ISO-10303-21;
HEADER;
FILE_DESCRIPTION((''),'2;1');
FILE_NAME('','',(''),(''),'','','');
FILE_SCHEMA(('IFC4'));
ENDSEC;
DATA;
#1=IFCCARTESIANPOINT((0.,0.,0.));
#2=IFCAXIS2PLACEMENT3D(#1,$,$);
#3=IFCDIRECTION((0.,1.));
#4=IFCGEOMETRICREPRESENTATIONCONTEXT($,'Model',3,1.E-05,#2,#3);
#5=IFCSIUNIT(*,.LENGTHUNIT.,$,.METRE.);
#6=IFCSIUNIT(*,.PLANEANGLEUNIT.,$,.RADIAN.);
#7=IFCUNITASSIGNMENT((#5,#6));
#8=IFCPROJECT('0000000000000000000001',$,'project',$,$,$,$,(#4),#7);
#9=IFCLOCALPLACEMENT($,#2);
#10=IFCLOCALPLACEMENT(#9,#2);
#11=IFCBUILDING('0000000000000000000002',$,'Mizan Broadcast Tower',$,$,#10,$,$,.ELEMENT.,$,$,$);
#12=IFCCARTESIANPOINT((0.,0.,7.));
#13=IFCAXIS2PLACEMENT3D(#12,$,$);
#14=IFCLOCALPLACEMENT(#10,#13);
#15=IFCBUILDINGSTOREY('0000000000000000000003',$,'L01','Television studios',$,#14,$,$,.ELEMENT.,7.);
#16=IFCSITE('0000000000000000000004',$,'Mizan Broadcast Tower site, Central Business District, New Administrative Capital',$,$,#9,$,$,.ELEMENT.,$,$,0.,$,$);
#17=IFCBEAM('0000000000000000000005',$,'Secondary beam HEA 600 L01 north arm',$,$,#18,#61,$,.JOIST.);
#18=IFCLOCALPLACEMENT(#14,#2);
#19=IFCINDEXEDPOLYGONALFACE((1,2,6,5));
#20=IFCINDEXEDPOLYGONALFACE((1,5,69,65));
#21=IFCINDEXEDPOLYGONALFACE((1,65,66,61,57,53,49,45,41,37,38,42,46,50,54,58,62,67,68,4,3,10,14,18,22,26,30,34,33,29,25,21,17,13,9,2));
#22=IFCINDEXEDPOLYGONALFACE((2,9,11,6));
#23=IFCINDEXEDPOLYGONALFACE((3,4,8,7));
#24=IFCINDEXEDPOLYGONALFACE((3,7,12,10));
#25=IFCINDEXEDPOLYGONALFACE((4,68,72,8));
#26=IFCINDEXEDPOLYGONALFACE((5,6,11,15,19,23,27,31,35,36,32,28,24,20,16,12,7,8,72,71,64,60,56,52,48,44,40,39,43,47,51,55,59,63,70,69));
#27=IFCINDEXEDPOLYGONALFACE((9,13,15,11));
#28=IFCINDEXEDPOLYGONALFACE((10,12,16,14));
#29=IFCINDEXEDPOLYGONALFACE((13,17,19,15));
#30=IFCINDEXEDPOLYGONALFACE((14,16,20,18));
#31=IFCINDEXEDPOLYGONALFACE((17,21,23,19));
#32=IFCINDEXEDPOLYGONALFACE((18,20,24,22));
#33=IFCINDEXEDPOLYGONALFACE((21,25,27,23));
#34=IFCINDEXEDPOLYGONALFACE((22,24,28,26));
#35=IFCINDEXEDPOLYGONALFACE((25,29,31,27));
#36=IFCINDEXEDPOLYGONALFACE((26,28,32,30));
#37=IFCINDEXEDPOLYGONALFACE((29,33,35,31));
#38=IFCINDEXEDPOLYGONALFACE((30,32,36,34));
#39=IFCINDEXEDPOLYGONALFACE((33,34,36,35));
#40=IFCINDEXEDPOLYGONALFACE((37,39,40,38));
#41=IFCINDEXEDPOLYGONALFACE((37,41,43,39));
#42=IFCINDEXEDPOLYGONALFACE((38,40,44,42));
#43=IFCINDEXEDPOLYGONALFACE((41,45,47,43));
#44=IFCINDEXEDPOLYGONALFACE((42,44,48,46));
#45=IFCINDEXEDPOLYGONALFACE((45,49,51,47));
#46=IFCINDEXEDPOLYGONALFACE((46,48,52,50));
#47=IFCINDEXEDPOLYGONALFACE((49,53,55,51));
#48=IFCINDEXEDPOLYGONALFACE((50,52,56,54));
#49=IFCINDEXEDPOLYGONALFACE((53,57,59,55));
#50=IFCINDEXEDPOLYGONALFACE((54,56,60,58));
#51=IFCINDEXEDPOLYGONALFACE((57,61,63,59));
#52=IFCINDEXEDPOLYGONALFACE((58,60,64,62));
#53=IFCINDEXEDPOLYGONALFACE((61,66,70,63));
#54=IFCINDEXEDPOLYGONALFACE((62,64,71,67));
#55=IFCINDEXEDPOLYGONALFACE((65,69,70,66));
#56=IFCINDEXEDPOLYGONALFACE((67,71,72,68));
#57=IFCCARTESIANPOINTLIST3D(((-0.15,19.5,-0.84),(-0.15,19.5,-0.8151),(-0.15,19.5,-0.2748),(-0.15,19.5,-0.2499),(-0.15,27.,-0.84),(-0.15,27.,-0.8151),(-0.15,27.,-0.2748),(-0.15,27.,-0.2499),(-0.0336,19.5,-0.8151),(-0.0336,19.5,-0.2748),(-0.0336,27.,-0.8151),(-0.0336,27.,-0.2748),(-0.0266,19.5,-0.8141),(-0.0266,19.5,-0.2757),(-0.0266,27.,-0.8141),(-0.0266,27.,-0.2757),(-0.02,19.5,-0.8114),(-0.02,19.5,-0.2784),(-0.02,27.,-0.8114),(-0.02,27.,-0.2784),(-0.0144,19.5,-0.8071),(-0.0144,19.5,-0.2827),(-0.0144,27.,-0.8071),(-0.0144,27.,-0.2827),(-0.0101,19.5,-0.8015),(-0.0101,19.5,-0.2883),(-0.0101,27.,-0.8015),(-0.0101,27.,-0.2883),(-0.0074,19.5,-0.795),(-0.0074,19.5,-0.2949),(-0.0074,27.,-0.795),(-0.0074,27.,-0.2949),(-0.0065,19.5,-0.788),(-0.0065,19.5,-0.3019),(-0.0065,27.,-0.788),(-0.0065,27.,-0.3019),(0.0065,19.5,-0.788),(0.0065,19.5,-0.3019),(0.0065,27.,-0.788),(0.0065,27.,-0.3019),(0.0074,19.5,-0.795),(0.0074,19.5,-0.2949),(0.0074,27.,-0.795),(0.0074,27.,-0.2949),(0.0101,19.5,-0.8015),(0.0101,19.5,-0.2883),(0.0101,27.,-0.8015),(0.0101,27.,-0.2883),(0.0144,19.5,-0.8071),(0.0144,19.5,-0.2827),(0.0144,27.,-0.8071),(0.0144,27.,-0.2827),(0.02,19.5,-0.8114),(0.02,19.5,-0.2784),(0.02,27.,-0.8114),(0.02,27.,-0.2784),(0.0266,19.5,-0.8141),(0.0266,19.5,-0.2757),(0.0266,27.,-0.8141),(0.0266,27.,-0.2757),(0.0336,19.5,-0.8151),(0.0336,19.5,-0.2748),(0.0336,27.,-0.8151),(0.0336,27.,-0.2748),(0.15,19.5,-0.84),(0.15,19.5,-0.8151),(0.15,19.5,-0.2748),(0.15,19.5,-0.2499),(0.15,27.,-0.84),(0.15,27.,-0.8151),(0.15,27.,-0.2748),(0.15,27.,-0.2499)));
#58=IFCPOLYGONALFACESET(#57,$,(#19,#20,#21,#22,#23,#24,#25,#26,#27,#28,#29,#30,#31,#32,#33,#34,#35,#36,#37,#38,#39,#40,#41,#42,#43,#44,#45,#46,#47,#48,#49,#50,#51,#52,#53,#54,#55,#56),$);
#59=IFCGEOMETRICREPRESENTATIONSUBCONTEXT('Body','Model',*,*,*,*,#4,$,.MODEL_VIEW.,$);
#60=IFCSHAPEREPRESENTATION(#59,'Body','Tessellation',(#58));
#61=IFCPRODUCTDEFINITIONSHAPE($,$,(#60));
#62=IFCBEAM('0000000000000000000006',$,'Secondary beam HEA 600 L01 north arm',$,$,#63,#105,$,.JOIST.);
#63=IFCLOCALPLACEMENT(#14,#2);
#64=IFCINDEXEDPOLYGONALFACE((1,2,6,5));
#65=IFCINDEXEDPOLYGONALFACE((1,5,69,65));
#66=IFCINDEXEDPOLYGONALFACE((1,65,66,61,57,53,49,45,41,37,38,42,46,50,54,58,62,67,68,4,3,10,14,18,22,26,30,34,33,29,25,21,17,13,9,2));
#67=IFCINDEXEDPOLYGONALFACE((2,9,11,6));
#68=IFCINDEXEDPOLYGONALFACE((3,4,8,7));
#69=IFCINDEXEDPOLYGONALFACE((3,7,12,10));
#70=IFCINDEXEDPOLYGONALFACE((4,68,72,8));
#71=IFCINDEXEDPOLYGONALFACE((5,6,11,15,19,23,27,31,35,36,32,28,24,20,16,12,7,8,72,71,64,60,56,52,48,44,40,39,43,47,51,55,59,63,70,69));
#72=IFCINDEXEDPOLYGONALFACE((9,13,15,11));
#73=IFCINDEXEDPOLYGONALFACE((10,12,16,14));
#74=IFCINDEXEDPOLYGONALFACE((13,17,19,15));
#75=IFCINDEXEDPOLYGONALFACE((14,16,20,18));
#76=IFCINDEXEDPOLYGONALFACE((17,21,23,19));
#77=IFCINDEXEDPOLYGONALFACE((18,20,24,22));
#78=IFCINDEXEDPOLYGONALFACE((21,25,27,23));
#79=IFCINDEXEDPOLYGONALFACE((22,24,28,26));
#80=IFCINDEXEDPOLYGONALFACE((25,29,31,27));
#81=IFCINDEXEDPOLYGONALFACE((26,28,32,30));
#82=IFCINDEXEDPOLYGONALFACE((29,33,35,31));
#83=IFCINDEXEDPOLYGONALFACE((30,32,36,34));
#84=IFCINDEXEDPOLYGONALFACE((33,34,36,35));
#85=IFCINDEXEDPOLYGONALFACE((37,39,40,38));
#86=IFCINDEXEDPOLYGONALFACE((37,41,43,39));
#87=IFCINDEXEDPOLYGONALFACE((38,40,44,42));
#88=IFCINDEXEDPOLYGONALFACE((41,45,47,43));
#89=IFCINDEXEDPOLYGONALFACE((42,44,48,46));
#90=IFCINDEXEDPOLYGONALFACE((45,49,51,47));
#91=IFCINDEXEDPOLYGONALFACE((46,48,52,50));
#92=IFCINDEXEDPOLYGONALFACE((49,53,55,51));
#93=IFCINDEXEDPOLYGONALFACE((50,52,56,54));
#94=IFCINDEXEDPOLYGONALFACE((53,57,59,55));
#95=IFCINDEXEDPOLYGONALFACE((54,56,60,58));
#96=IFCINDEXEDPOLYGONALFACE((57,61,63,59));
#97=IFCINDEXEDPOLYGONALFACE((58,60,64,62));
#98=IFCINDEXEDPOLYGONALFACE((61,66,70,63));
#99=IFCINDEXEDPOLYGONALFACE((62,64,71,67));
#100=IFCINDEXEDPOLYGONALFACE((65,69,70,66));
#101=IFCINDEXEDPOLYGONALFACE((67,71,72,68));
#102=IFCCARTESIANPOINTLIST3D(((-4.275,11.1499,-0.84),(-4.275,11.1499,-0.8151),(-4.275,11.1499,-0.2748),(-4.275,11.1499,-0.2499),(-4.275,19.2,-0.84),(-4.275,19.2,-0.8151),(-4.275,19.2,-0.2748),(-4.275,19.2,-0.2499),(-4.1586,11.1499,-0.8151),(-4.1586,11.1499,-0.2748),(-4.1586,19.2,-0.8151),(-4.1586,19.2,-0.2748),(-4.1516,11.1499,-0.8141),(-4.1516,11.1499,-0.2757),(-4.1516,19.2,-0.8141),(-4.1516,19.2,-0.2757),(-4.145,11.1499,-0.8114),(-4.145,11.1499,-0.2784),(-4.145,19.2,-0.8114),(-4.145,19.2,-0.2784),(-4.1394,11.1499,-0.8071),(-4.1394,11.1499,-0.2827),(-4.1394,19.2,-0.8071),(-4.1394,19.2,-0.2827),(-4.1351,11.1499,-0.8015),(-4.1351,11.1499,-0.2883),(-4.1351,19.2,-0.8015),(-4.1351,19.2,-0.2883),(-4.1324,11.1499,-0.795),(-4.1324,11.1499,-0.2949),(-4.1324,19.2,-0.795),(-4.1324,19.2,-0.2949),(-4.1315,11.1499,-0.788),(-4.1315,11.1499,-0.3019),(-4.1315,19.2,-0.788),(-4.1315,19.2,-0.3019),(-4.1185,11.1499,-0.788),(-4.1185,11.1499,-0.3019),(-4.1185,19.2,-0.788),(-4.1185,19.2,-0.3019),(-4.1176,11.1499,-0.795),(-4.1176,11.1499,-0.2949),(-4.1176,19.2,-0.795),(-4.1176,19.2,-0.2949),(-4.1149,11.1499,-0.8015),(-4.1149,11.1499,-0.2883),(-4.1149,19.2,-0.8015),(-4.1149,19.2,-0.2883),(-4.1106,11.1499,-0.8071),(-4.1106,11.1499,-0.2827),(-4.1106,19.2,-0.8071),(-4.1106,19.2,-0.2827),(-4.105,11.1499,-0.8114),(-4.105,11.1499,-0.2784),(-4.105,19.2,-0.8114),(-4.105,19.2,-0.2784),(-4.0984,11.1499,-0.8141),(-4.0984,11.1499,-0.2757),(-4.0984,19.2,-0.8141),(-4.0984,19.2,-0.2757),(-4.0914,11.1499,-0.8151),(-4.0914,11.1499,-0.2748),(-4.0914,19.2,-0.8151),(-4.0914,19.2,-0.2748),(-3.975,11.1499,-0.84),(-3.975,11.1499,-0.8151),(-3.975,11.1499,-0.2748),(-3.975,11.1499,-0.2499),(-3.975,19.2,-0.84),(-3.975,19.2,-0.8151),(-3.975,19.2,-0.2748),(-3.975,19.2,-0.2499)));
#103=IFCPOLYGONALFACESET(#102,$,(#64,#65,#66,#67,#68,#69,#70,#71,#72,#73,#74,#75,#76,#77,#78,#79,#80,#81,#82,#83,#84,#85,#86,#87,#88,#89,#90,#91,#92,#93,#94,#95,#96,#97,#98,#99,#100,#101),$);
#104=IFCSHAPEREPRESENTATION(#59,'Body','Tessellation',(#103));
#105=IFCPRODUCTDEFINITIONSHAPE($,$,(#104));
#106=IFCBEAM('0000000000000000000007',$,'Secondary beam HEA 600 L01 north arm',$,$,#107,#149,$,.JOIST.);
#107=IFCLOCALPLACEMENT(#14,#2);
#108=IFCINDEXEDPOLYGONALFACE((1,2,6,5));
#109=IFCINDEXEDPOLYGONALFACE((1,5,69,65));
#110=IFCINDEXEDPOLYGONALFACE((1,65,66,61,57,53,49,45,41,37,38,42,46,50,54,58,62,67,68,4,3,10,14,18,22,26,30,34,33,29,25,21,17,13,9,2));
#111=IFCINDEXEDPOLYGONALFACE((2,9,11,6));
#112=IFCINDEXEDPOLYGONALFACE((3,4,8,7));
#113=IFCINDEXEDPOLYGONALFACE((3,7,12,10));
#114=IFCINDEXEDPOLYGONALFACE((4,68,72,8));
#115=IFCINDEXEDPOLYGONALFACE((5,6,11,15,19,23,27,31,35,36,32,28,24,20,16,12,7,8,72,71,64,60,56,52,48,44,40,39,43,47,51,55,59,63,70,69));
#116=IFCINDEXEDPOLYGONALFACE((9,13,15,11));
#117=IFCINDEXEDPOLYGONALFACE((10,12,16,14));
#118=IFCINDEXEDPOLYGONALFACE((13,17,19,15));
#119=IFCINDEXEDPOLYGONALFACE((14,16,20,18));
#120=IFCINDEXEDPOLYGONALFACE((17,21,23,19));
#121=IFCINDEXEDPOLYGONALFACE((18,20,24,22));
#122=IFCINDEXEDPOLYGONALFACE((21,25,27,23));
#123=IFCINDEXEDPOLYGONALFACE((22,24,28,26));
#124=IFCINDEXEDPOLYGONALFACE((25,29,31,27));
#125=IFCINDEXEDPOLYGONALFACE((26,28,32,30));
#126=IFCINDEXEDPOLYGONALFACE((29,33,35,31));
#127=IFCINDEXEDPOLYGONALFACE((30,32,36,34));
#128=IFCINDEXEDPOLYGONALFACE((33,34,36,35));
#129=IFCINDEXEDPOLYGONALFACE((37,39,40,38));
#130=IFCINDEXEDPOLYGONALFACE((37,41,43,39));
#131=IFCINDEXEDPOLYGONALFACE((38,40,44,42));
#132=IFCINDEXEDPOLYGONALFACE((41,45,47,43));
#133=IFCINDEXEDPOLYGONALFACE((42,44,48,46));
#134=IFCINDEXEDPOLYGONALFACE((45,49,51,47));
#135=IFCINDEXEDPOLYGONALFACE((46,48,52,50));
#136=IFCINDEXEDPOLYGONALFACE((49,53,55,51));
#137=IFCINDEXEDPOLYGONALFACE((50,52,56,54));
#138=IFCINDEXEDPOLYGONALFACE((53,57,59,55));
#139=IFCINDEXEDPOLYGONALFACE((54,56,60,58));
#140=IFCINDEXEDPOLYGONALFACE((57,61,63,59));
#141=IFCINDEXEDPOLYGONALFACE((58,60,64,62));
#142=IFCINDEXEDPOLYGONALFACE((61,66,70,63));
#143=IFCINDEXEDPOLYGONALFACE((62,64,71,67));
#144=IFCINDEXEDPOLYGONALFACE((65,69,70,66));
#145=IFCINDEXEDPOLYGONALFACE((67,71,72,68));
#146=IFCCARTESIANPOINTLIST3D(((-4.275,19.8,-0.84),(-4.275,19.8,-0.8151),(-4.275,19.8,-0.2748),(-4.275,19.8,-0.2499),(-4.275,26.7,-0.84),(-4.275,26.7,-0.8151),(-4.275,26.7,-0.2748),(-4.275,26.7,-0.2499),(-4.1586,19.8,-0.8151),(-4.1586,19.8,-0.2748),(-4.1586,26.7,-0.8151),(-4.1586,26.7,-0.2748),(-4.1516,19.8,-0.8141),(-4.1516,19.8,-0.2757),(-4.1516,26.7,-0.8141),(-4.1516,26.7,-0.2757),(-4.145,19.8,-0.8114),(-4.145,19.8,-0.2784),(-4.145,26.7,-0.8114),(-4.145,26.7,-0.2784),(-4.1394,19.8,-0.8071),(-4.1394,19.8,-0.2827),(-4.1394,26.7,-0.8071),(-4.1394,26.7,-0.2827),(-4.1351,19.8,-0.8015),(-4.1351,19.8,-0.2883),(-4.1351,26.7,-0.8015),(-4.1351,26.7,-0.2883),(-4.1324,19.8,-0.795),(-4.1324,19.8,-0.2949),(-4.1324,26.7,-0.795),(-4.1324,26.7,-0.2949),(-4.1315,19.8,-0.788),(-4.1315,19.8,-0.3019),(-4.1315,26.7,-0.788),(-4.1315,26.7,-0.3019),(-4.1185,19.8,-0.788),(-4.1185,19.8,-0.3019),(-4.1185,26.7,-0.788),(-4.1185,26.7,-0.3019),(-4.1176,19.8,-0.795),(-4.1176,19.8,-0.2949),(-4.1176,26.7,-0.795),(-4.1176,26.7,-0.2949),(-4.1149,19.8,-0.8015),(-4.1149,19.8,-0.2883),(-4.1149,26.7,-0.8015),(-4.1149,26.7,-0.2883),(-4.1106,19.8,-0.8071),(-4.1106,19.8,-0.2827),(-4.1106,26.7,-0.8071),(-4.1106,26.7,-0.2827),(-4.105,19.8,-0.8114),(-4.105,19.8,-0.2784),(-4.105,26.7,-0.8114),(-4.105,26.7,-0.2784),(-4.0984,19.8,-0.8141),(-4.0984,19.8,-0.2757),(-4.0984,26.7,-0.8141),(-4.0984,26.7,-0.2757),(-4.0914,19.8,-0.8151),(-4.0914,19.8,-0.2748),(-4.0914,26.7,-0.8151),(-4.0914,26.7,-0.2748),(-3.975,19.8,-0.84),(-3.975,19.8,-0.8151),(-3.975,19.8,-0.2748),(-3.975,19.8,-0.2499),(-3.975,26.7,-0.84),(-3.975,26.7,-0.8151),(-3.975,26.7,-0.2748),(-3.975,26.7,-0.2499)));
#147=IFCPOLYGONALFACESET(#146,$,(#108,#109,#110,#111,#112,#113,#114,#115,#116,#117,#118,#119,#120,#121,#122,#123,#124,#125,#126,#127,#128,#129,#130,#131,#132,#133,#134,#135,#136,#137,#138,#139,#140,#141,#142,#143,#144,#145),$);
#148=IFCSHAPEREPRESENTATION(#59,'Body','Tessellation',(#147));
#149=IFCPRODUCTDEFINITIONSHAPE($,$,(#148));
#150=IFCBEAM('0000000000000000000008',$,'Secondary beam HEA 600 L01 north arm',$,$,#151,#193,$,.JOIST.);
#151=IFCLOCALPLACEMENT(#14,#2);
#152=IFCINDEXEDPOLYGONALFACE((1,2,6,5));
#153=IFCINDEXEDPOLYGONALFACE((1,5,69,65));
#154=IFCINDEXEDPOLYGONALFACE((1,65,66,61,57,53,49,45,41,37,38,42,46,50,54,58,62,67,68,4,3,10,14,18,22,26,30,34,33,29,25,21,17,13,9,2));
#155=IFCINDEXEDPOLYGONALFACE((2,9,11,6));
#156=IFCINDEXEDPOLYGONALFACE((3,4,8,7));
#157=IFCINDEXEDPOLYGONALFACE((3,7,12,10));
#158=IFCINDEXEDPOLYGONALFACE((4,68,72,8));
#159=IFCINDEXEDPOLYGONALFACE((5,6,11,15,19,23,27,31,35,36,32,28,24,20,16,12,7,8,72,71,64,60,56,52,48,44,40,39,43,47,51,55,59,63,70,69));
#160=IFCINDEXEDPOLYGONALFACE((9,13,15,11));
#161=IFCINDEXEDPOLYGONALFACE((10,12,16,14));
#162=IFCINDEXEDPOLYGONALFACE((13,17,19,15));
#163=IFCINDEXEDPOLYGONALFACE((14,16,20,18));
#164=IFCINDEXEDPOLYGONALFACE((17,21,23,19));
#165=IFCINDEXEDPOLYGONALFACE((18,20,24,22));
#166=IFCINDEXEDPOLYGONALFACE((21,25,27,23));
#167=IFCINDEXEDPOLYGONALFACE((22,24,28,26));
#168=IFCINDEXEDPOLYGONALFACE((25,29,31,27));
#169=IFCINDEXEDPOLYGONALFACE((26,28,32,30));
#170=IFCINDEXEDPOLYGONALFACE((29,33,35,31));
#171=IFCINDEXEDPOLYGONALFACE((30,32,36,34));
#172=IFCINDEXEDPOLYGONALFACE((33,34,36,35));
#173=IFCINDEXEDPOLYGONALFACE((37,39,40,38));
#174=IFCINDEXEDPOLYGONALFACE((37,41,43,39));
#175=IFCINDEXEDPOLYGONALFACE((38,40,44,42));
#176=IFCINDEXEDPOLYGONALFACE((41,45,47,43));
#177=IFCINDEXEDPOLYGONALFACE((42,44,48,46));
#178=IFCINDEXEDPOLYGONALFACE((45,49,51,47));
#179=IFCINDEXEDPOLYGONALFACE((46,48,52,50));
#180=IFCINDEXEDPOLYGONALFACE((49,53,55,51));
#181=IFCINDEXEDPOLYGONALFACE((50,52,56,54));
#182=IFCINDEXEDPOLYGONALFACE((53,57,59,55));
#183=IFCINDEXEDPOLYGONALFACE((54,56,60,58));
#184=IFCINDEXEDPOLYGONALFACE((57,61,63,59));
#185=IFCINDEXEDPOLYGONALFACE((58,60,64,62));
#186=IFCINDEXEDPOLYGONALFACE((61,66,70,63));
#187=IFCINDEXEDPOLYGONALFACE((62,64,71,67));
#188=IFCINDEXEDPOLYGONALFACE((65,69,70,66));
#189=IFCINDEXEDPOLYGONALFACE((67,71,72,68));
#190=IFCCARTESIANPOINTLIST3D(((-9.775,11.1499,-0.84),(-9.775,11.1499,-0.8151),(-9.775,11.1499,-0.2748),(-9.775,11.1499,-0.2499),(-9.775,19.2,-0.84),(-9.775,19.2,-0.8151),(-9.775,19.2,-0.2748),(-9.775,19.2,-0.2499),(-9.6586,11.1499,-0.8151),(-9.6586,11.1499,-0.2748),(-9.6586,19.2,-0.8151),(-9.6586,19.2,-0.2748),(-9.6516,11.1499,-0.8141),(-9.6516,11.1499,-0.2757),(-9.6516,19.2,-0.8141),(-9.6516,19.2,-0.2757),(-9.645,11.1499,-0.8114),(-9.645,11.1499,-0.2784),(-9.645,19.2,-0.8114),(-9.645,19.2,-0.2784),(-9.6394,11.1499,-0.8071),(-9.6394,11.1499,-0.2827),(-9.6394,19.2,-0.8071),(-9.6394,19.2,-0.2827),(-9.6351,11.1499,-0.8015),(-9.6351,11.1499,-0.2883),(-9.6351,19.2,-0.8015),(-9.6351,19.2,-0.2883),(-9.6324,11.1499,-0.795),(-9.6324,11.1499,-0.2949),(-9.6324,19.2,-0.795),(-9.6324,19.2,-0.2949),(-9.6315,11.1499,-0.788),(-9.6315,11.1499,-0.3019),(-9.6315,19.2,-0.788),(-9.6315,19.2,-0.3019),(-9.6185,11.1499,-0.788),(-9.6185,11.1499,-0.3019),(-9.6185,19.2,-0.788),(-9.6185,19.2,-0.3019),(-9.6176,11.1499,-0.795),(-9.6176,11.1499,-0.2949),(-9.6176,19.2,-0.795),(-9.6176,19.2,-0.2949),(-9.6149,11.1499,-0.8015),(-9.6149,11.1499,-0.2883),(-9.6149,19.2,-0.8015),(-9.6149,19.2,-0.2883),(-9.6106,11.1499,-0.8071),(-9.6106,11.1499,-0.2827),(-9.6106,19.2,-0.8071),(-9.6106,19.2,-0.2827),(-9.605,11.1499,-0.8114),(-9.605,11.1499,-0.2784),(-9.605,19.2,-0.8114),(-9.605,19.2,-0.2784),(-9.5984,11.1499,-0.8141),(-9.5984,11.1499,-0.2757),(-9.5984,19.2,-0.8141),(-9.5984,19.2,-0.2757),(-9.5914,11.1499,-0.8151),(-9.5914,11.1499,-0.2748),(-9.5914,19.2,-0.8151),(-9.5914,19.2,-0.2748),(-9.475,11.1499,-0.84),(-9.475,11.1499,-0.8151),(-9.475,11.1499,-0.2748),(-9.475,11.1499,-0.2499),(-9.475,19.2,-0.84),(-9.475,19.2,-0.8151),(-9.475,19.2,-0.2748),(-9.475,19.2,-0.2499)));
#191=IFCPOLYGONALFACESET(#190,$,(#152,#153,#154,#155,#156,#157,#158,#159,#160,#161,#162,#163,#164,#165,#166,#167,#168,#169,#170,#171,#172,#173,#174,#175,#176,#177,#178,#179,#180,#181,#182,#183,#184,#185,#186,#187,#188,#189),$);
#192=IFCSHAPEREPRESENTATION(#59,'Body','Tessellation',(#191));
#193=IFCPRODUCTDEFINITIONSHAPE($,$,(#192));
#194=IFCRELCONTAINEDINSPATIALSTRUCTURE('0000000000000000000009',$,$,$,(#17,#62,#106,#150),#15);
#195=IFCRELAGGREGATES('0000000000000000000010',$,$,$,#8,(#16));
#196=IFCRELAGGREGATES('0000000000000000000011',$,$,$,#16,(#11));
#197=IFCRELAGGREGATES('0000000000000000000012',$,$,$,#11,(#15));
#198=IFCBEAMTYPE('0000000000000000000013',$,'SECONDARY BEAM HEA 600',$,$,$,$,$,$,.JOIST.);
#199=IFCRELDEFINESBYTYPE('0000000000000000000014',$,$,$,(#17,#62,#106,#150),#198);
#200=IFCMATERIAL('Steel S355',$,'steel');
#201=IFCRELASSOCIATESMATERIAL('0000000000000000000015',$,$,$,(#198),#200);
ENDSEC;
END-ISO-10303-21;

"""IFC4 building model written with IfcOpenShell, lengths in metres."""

from ifc_helpers import new_model, si_unit, direction, frame, origin, origin_2d, place, context, subcontext, project, spatial, i_section, extrude, material, material_profile, profile_set, type_object, element, save


model = new_model("IFC4")

# Units and contexts
model_context = context("Model", 3, precision=1e-05, world=origin(), true_north=direction((0.0, 1.0)))
body_context = subcontext(model_context, "Body", "Model", "MODEL_VIEW")
ifc_project = project(units=[si_unit("LENGTHUNIT", "METRE"), si_unit("PLANEANGLEUNIT", "RADIAN")], contexts=[model_context])

# Site, building, storey
site_placement = place(None, origin())
site = spatial("IfcSite", under=ifc_project, at=site_placement, Name="Mizan Broadcast Tower site, Central Business District, New Administrative Capital", CompositionType="ELEMENT", RefElevation=0.0)
building_placement = place(site_placement, origin())
building = spatial("IfcBuilding", under=site, at=building_placement, Name="Mizan Broadcast Tower", CompositionType="ELEMENT")
storey_placement = place(building_placement, frame((0.0, 0.0, 7.0)))
storey = spatial("IfcBuildingStorey", under=building, at=storey_placement, Name="L01", Description="Television studios", CompositionType="ELEMENT", Elevation=7.0)

# Beams
ifc_material_1 = material(Name="Steel S355", Category="steel")
ifc_material_profile_1 = material_profile(ifc_material_1, i_section(OverallWidth=0.3, OverallDepth=0.5901, WebThickness=0.0129, FlangeThickness=0.0249, FilletRadius=0.0271, at=origin_2d()), Name="HEA 600")
ifc_profile_set_1 = profile_set([ifc_material_profile_1], Name="Steel S355")
beam_type_1 = type_object("IfcBeamType", Name="SECONDARY BEAM HEA 600", PredefinedType="JOIST", material=ifc_profile_set_1)
beam_1_placement = place(storey_placement, frame((0.0, 19.5, -0.5449), z_axis=(0.0, 1.0, 0.0), x_axis=(-1.0, 0.0, 0.0)))
element("IfcBeam", 1, at=beam_1_placement, inside=storey, type_object=beam_type_1, Name="Secondary beam HEA 600 L01 north arm", PredefinedType="JOIST", context=body_context, shape_type="SweptSolid", body=[
    extrude(i_section(OverallWidth=0.3, OverallDepth=0.5901, WebThickness=0.0129, FlangeThickness=0.0249, FilletRadius=0.0271, at=origin_2d()), origin(), (0.0, 0.0, 1.0), 7.5),
])
beam_2_placement = place(storey_placement, frame((-4.125, 11.1499, -0.5449), z_axis=(0.0, 1.0, 0.0), x_axis=(-1.0, 0.0, 0.0)))
element("IfcBeam", 2, at=beam_2_placement, inside=storey, type_object=beam_type_1, Name="Secondary beam HEA 600 L01 north arm", PredefinedType="JOIST", context=body_context, shape_type="SweptSolid", body=[
    extrude(i_section(OverallWidth=0.3, OverallDepth=0.5901, WebThickness=0.0129, FlangeThickness=0.0249, FilletRadius=0.0271, at=origin_2d()), origin(), (0.0, 0.0, 1.0), 8.05),
])
beam_3_placement = place(storey_placement, frame((-4.125, 19.8, -0.5449), z_axis=(0.0, 1.0, 0.0), x_axis=(-1.0, 0.0, 0.0)))
element("IfcBeam", 3, at=beam_3_placement, inside=storey, type_object=beam_type_1, Name="Secondary beam HEA 600 L01 north arm", PredefinedType="JOIST", context=body_context, shape_type="SweptSolid", body=[
    extrude(i_section(OverallWidth=0.3, OverallDepth=0.5901, WebThickness=0.0129, FlangeThickness=0.0249, FilletRadius=0.0271, at=origin_2d()), origin(), (0.0, 0.0, 1.0), 6.8999),
])
beam_4_placement = place(storey_placement, frame((-9.625, 11.1499, -0.5449), z_axis=(0.0, 1.0, 0.0), x_axis=(-1.0, 0.0, 0.0)))
element("IfcBeam", 4, at=beam_4_placement, inside=storey, type_object=beam_type_1, Name="Secondary beam HEA 600 L01 north arm", PredefinedType="JOIST", context=body_context, shape_type="SweptSolid", body=[
    extrude(i_section(OverallWidth=0.3, OverallDepth=0.5901, WebThickness=0.0129, FlangeThickness=0.0249, FilletRadius=0.0271, at=origin_2d()), origin(), (0.0, 0.0, 1.0), 8.05),
])

save(model, "model.ifc")
